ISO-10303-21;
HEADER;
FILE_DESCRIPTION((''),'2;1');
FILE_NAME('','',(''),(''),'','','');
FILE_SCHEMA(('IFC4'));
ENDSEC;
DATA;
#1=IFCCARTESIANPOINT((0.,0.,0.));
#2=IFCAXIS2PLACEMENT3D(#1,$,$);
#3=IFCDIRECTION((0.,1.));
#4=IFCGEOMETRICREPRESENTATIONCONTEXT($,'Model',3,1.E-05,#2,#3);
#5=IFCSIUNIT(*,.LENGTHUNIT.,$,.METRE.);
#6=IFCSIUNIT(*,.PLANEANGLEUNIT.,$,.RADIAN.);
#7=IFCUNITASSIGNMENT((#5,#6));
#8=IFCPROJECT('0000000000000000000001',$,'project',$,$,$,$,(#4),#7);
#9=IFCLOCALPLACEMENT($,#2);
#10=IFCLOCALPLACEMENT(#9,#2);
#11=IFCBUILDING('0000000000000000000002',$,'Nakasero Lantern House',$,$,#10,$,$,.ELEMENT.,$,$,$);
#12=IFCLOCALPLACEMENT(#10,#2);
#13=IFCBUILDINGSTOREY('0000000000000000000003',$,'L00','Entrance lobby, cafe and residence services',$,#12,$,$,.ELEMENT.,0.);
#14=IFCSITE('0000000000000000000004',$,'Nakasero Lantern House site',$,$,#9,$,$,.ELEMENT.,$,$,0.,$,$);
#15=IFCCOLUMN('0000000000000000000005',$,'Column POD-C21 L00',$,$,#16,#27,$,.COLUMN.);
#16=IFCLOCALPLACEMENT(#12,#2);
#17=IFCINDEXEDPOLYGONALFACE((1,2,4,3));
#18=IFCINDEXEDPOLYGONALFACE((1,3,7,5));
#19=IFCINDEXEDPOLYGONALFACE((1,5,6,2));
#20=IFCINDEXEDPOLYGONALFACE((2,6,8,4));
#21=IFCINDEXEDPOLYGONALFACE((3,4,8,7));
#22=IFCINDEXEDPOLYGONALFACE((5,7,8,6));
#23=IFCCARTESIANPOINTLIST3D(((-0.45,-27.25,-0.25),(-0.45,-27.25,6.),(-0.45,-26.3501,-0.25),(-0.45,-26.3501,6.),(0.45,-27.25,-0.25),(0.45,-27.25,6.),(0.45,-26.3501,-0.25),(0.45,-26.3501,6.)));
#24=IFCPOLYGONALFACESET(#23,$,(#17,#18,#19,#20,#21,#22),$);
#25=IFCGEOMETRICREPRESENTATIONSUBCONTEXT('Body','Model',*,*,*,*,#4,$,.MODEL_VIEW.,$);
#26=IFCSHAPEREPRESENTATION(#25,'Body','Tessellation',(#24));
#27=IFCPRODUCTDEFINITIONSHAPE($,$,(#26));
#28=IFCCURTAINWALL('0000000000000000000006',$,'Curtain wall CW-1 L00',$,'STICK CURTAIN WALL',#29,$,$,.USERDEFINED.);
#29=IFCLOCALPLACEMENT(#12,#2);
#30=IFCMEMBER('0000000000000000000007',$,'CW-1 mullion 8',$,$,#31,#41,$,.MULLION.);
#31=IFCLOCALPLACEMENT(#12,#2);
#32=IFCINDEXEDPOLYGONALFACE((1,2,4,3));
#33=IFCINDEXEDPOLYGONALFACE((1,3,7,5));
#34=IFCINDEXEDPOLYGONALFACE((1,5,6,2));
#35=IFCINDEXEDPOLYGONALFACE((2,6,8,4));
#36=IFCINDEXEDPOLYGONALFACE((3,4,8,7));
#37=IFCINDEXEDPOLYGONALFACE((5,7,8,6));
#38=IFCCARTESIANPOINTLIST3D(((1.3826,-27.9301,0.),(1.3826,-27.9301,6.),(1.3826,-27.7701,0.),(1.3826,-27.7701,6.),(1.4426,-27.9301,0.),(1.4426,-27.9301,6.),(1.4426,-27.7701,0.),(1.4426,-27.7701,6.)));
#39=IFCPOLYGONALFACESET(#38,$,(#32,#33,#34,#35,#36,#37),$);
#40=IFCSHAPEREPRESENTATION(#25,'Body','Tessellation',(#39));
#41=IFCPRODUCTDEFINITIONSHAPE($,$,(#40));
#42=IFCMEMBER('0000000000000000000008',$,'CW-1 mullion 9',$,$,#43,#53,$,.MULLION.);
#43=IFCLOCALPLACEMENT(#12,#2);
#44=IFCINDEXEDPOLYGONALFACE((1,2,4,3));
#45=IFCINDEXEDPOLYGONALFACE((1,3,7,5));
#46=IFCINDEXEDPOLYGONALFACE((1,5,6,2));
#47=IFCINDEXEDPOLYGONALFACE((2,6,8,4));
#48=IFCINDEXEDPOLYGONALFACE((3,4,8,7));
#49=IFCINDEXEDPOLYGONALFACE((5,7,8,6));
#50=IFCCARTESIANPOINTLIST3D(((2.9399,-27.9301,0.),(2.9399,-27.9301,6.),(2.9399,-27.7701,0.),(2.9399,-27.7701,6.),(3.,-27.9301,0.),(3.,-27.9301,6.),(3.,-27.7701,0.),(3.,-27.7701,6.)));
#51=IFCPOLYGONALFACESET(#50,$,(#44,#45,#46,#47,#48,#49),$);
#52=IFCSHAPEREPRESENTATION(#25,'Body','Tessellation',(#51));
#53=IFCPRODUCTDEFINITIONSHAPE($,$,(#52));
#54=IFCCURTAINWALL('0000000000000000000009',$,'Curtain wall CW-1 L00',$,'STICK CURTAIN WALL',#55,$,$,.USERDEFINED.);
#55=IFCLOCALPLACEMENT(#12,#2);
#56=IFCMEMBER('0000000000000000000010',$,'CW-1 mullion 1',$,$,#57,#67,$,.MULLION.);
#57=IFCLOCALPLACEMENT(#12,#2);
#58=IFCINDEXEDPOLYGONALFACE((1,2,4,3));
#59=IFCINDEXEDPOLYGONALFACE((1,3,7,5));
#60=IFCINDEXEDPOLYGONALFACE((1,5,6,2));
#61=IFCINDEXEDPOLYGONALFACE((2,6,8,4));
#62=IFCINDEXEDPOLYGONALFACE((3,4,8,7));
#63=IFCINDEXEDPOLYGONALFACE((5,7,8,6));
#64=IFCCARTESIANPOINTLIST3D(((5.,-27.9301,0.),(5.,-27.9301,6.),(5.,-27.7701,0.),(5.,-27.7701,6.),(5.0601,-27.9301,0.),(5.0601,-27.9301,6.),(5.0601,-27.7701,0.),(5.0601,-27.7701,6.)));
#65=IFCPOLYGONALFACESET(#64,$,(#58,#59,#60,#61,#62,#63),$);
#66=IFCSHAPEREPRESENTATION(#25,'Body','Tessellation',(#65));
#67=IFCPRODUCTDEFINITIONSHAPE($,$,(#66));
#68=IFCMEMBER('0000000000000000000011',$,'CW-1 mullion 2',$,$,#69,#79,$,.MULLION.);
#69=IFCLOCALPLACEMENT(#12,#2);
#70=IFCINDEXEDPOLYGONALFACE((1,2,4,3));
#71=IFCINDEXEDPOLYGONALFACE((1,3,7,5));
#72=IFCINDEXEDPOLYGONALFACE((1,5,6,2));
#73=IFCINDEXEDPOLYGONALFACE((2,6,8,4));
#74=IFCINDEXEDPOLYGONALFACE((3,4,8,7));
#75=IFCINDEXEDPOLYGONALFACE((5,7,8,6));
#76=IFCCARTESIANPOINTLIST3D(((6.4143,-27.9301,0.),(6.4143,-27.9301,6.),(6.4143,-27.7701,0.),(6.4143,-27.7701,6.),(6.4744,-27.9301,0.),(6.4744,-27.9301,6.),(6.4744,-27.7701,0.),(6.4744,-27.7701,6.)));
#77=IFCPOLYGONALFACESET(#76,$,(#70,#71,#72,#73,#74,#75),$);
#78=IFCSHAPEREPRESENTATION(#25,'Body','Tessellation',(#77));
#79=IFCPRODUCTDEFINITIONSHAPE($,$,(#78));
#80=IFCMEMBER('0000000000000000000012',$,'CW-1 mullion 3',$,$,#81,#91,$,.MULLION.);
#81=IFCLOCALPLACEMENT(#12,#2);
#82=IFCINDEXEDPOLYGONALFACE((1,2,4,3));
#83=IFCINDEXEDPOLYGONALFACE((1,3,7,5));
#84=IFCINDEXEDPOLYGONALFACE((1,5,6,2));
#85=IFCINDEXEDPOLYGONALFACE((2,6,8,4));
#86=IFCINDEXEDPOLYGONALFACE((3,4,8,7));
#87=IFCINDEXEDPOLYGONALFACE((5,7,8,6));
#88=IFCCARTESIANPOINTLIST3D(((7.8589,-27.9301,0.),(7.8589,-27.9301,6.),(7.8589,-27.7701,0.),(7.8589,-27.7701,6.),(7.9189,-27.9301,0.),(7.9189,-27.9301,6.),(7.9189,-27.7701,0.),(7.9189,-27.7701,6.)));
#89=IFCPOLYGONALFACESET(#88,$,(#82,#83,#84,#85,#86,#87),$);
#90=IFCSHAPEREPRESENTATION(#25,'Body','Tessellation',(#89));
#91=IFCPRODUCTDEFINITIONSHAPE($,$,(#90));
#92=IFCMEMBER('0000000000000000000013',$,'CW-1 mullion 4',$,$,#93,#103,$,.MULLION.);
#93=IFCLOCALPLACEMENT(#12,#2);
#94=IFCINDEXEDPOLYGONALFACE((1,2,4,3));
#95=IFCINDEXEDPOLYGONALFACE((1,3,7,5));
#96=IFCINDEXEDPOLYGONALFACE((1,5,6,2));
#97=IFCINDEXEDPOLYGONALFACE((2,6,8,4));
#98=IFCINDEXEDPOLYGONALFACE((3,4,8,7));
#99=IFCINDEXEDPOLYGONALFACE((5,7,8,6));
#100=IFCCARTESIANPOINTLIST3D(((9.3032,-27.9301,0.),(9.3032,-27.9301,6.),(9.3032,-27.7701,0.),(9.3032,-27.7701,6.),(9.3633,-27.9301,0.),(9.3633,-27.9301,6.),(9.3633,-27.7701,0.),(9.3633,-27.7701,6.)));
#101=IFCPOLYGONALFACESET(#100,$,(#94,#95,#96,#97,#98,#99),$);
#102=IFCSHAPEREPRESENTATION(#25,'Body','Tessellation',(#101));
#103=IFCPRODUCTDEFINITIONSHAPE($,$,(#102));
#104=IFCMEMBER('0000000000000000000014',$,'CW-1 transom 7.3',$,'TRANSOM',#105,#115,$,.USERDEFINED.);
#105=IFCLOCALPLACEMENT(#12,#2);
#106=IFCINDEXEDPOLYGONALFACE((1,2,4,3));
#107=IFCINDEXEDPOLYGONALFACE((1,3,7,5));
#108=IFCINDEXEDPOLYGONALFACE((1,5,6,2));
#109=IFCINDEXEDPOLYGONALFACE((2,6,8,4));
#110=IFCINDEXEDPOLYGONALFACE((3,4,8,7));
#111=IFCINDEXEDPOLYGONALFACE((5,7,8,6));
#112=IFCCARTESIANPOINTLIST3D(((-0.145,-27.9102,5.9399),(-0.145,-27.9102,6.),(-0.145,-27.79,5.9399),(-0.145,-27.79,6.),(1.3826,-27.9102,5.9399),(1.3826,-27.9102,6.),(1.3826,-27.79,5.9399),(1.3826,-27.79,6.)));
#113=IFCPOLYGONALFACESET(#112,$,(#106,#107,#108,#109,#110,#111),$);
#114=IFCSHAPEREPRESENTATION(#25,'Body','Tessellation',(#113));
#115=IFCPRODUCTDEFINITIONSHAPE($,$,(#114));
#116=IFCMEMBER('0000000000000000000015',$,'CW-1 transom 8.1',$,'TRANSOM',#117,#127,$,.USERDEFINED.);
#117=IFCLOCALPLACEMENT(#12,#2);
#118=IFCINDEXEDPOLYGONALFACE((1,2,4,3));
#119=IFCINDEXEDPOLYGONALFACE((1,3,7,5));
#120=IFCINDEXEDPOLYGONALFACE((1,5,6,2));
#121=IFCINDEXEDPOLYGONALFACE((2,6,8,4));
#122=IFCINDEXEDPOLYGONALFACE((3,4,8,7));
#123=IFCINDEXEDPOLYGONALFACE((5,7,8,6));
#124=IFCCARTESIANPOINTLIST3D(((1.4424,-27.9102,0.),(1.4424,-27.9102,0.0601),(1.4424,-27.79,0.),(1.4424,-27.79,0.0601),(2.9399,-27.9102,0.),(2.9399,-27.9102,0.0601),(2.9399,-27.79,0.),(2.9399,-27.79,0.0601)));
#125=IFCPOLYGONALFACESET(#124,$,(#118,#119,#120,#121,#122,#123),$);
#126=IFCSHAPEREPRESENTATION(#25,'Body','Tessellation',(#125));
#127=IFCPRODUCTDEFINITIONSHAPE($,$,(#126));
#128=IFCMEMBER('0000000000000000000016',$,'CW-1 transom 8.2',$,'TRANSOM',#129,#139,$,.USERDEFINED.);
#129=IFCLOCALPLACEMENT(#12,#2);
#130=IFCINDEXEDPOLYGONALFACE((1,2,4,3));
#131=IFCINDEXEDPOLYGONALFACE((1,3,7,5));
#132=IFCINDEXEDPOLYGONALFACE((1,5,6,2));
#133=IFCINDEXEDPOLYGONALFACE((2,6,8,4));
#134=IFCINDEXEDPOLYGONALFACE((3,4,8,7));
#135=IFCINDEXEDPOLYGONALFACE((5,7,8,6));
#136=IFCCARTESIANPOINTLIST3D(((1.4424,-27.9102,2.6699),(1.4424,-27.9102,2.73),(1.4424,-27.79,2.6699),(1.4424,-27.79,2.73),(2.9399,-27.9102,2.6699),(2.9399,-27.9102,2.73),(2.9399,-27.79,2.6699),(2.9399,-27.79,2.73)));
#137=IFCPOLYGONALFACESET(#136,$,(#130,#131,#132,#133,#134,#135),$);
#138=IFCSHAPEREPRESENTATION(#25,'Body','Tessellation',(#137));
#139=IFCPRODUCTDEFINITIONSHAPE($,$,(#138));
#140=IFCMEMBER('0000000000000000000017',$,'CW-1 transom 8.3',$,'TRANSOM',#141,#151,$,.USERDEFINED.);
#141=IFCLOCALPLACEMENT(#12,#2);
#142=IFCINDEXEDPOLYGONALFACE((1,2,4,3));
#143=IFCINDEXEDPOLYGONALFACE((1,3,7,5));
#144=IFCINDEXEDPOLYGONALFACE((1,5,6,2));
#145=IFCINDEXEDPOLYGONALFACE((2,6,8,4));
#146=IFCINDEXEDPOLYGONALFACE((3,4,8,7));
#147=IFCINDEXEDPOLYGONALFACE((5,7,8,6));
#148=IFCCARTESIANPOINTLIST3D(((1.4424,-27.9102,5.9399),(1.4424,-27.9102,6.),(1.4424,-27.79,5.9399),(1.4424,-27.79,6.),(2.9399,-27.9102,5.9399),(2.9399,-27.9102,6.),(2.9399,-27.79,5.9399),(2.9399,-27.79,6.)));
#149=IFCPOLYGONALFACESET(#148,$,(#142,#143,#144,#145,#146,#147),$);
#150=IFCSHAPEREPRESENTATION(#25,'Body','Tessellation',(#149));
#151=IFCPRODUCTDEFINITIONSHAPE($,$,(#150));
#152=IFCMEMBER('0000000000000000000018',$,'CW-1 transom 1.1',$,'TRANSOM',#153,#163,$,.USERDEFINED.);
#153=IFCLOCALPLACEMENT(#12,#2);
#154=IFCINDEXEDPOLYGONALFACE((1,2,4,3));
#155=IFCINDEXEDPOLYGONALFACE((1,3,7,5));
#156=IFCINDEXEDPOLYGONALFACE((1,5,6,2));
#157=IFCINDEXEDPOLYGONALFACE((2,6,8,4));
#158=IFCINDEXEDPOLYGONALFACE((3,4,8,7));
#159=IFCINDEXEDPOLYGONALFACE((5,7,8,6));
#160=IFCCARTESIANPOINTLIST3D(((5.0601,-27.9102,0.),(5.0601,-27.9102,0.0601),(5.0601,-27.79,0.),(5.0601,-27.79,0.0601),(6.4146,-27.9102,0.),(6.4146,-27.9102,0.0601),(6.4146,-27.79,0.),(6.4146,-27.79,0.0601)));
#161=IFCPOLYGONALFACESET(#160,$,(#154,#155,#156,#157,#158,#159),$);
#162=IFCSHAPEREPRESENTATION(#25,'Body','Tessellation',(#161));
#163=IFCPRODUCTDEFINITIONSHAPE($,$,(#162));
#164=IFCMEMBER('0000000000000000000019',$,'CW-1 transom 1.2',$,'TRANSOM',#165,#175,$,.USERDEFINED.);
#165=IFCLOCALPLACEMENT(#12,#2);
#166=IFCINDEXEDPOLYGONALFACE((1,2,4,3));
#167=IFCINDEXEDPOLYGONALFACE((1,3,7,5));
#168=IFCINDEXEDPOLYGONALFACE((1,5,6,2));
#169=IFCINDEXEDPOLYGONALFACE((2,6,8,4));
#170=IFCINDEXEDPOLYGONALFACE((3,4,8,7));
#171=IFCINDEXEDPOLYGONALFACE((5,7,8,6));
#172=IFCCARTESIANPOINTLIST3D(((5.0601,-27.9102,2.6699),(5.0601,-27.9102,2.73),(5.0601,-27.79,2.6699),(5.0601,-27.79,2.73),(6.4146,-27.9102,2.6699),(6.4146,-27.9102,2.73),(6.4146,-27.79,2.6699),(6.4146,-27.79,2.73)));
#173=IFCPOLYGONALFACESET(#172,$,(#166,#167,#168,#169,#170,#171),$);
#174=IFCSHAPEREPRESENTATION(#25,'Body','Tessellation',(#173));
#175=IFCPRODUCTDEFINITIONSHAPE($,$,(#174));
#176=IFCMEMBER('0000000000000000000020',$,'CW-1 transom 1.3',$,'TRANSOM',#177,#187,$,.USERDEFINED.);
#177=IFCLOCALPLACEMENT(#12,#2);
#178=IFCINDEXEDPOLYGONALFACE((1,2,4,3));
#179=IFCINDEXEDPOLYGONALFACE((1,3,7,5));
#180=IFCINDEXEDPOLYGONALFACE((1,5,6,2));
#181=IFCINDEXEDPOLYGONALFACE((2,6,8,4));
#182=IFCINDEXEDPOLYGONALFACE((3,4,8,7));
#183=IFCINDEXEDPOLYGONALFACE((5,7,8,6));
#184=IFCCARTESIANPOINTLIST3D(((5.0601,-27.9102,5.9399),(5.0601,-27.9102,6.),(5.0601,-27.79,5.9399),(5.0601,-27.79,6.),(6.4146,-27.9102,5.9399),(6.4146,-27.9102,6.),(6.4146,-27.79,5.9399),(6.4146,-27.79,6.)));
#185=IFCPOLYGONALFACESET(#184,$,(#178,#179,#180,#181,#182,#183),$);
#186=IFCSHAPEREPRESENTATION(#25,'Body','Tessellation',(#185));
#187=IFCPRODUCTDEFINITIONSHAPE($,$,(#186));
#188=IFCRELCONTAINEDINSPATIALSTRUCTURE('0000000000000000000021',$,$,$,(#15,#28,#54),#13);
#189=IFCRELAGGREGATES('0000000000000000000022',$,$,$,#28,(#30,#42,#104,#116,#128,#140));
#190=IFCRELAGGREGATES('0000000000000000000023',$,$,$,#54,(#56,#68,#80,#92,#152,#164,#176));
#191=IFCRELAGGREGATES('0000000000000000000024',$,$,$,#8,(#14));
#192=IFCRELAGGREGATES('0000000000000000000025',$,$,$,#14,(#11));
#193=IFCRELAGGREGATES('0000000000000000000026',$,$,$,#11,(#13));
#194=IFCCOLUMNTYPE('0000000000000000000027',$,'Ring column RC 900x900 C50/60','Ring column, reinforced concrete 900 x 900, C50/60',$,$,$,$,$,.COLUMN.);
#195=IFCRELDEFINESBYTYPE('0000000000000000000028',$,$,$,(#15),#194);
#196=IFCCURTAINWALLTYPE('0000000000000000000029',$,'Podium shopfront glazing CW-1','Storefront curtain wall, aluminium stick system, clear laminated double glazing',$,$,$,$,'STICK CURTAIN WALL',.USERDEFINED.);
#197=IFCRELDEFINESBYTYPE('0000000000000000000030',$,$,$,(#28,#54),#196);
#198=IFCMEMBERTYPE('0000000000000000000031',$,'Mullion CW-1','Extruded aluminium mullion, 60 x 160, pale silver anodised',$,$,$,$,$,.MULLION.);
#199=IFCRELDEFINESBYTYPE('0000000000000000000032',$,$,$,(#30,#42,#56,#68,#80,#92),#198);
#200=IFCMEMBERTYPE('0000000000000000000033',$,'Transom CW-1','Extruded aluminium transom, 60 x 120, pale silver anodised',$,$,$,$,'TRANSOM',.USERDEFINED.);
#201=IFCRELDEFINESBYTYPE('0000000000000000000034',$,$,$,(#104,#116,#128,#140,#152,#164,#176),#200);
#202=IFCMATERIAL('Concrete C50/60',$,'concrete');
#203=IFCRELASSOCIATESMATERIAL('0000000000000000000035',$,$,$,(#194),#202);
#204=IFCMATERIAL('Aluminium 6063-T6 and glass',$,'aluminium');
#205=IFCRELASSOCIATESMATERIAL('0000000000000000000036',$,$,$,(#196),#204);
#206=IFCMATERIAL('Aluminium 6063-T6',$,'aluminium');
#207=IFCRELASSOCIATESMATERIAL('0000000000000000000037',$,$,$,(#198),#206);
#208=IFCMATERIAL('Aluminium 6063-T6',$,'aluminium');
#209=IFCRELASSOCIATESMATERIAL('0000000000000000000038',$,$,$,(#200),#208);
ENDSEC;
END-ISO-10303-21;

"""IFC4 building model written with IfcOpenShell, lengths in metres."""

from ifc_helpers import new_model, si_unit, direction, frame, origin, origin_2d, place, context, subcontext, project, spatial, rectangle, extrude, material, material_profile, profile_set, type_object, element, aggregate, save


model = new_model("IFC4")

# Units and contexts
model_context = context("Model", 3, precision=1e-05, world=origin(), true_north=direction((0.0, 1.0)))
body_context = subcontext(model_context, "Body", "Model", "MODEL_VIEW")
ifc_project = project(units=[si_unit("LENGTHUNIT", "METRE"), si_unit("PLANEANGLEUNIT", "RADIAN")], contexts=[model_context])

# Site, building, storey
site_placement = place(None, origin())
site = spatial("IfcSite", under=ifc_project, at=site_placement, Name="Nakasero Lantern House site", CompositionType="ELEMENT", RefElevation=0.0)
building_placement = place(site_placement, origin())
building = spatial("IfcBuilding", under=site, at=building_placement, Name="Nakasero Lantern House", CompositionType="ELEMENT")
storey_placement = place(building_placement, origin())
storey = spatial("IfcBuildingStorey", under=building, at=storey_placement, Name="L00", Description="Entrance lobby, cafe and residence services", CompositionType="ELEMENT", Elevation=0.0)

# Column
ifc_material_1 = material(Name="Concrete C50/60", Category="concrete")
ifc_material_profile_1 = material_profile(ifc_material_1, rectangle(XDim=0.8999, YDim=0.8999, at=origin_2d()), Name="RC 900x900")
ifc_profile_set_1 = profile_set([ifc_material_profile_1], Name="Concrete C50/60")
column_type = type_object("IfcColumnType", Name="Ring column RC 900x900 C50/60", Description="Ring column, reinforced concrete 900 x 900, C50/60", PredefinedType="COLUMN", material=ifc_profile_set_1)
column_placement = place(storey_placement, frame((0.0, -26.8, -0.25), z_axis=(0.0, 0.0, 1.0), x_axis=(1.0, 0.0, 0.0)))
element("IfcColumn", 1, at=column_placement, inside=storey, type_object=column_type, Name="Column POD-C21 L00", PredefinedType="COLUMN", context=body_context, shape_type="SweptSolid", body=[
    extrude(rectangle(XDim=0.8999, YDim=0.8999, at=origin_2d()), origin(), (0.0, 0.0, 1.0), 6.25),
])

# Curtain walls, members
ifc_material_2 = material(Name="Aluminium 6063-T6 and glass", Category="aluminium")
curtain_wall_type = type_object("IfcCurtainWallType", Name="Podium shopfront glazing CW-1", Description="Storefront curtain wall, aluminium stick system, clear laminated double glazing", ElementType="STICK CURTAIN WALL", PredefinedType="USERDEFINED", material=ifc_material_2)
curtain_wall_1_placement = place(storey_placement, origin())
curtain_wall_1 = element("IfcCurtainWall", 2, at=curtain_wall_1_placement, inside=storey, type_object=curtain_wall_type, Name="Curtain wall CW-1 L00", ObjectType="STICK CURTAIN WALL", PredefinedType="USERDEFINED")
ifc_material_3 = material(Name="Aluminium 6063-T6", Category="aluminium")
ifc_material_profile_2 = material_profile(ifc_material_3, rectangle(XDim=0.0601, YDim=0.1599, at=origin_2d()), Name="CW-1 mullion 60x160")
ifc_profile_set_2 = profile_set([ifc_material_profile_2], Name="Aluminium 6063-T6")
member_type_1 = type_object("IfcMemberType", Name="Mullion CW-1", Description="Extruded aluminium mullion, 60 x 160, pale silver anodised", PredefinedType="MULLION", material=ifc_profile_set_2)
member_1_placement = place(storey_placement, frame((1.4126, -27.8501, 0.0), z_axis=(0.0, 0.0, 1.0), x_axis=(1.0, 0.0, 0.0)))
member_1 = element("IfcMember", 3, at=member_1_placement, type_object=member_type_1, Name="CW-1 mullion 8", PredefinedType="MULLION", context=body_context, shape_type="SweptSolid", body=[
    extrude(rectangle(XDim=0.0601, YDim=0.1599, at=origin_2d()), origin(), (0.0, 0.0, 1.0), 6.0),
])
member_2_placement = place(storey_placement, frame((2.97, -27.8501, 0.0), z_axis=(0.0, 0.0, 1.0), x_axis=(1.0, 0.0, 0.0)))
member_2 = element("IfcMember", 4, at=member_2_placement, type_object=member_type_1, Name="CW-1 mullion 9", PredefinedType="MULLION", context=body_context, shape_type="SweptSolid", body=[
    extrude(rectangle(XDim=0.0601, YDim=0.1599, at=origin_2d()), origin(), (0.0, 0.0, 1.0), 6.0),
])
curtain_wall_2_placement = place(storey_placement, origin())
curtain_wall_2 = element("IfcCurtainWall", 5, at=curtain_wall_2_placement, inside=storey, type_object=curtain_wall_type, Name="Curtain wall CW-1 L00", ObjectType="STICK CURTAIN WALL", PredefinedType="USERDEFINED")
member_3_placement = place(storey_placement, frame((5.03, -27.8501, 0.0), z_axis=(0.0, 0.0, 1.0), x_axis=(1.0, 0.0, 0.0)))
member_3 = element("IfcMember", 6, at=member_3_placement, type_object=member_type_1, Name="CW-1 mullion 1", PredefinedType="MULLION", context=body_context, shape_type="SweptSolid", body=[
    extrude(rectangle(XDim=0.0601, YDim=0.1599, at=origin_2d()), origin(), (0.0, 0.0, 1.0), 6.0),
])
member_4_placement = place(storey_placement, frame((6.4443, -27.8501, 0.0), z_axis=(0.0, 0.0, 1.0), x_axis=(1.0, 0.0, 0.0)))
member_4 = element("IfcMember", 7, at=member_4_placement, type_object=member_type_1, Name="CW-1 mullion 2", PredefinedType="MULLION", context=body_context, shape_type="SweptSolid", body=[
    extrude(rectangle(XDim=0.0601, YDim=0.1599, at=origin_2d()), origin(), (0.0, 0.0, 1.0), 6.0),
])
member_5_placement = place(storey_placement, frame((7.8889, -27.8501, 0.0), z_axis=(0.0, 0.0, 1.0), x_axis=(1.0, 0.0, 0.0)))
member_5 = element("IfcMember", 8, at=member_5_placement, type_object=member_type_1, Name="CW-1 mullion 3", PredefinedType="MULLION", context=body_context, shape_type="SweptSolid", body=[
    extrude(rectangle(XDim=0.0601, YDim=0.1599, at=origin_2d()), origin(), (0.0, 0.0, 1.0), 6.0),
])
member_6_placement = place(storey_placement, frame((9.3333, -27.8501, 0.0), z_axis=(0.0, 0.0, 1.0), x_axis=(1.0, 0.0, 0.0)))
member_6 = element("IfcMember", 9, at=member_6_placement, type_object=member_type_1, Name="CW-1 mullion 4", PredefinedType="MULLION", context=body_context, shape_type="SweptSolid", body=[
    extrude(rectangle(XDim=0.0601, YDim=0.1599, at=origin_2d()), origin(), (0.0, 0.0, 1.0), 6.0),
])

# Members
ifc_material_4 = material(Name="Aluminium 6063-T6", Category="aluminium")
ifc_material_profile_3 = material_profile(ifc_material_4, rectangle(XDim=0.0601, YDim=0.1201, at=origin_2d()), Name="CW-1 transom 60x120")
ifc_profile_set_3 = profile_set([ifc_material_profile_3], Name="Aluminium 6063-T6")
member_type_2 = type_object("IfcMemberType", Name="Transom CW-1", Description="Extruded aluminium transom, 60 x 120, pale silver anodised", ElementType="TRANSOM", PredefinedType="USERDEFINED", material=ifc_profile_set_3)
member_7_placement = place(storey_placement, frame((-0.145, -27.8501, 5.97), z_axis=(1.0, 0.0, 0.0), x_axis=(0.0, 0.0, 1.0)))
member_7 = element("IfcMember", 10, at=member_7_placement, type_object=member_type_2, Name="CW-1 transom 7.3", ObjectType="TRANSOM", PredefinedType="USERDEFINED", context=body_context, shape_type="SweptSolid", body=[
    extrude(rectangle(XDim=0.0601, YDim=0.1201, at=origin_2d()), origin(), (0.0, 0.0, 1.0), 1.5276),
])
member_8_placement = place(storey_placement, frame((1.4424, -27.8501, 0.03), z_axis=(1.0, 0.0, 0.0), x_axis=(0.0, 0.0, 1.0)))
member_8 = element("IfcMember", 11, at=member_8_placement, type_object=member_type_2, Name="CW-1 transom 8.1", ObjectType="TRANSOM", PredefinedType="USERDEFINED", context=body_context, shape_type="SweptSolid", body=[
    extrude(rectangle(XDim=0.0601, YDim=0.1201, at=origin_2d()), origin(), (0.0, 0.0, 1.0), 1.4976),
])
member_9_placement = place(storey_placement, frame((1.4424, -27.8501, 2.7), z_axis=(1.0, 0.0, 0.0), x_axis=(0.0, 0.0, 1.0)))
member_9 = element("IfcMember", 12, at=member_9_placement, type_object=member_type_2, Name="CW-1 transom 8.2", ObjectType="TRANSOM", PredefinedType="USERDEFINED", context=body_context, shape_type="SweptSolid", body=[
    extrude(rectangle(XDim=0.0601, YDim=0.1201, at=origin_2d()), origin(), (0.0, 0.0, 1.0), 1.4976),
])
member_10_placement = place(storey_placement, frame((1.4424, -27.8501, 5.97), z_axis=(1.0, 0.0, 0.0), x_axis=(0.0, 0.0, 1.0)))
member_10 = element("IfcMember", 13, at=member_10_placement, type_object=member_type_2, Name="CW-1 transom 8.3", ObjectType="TRANSOM", PredefinedType="USERDEFINED", context=body_context, shape_type="SweptSolid", body=[
    extrude(rectangle(XDim=0.0601, YDim=0.1201, at=origin_2d()), origin(), (0.0, 0.0, 1.0), 1.4976),
])
member_11_placement = place(storey_placement, frame((5.0601, -27.8501, 0.03), z_axis=(1.0, 0.0, 0.0), x_axis=(0.0, 0.0, 1.0)))
member_11 = element("IfcMember", 14, at=member_11_placement, type_object=member_type_2, Name="CW-1 transom 1.1", ObjectType="TRANSOM", PredefinedType="USERDEFINED", context=body_context, shape_type="SweptSolid", body=[
    extrude(rectangle(XDim=0.0601, YDim=0.1201, at=origin_2d()), origin(), (0.0, 0.0, 1.0), 1.3545),
])
member_12_placement = place(storey_placement, frame((5.0601, -27.8501, 2.7), z_axis=(1.0, 0.0, 0.0), x_axis=(0.0, 0.0, 1.0)))
member_12 = element("IfcMember", 15, at=member_12_placement, type_object=member_type_2, Name="CW-1 transom 1.2", ObjectType="TRANSOM", PredefinedType="USERDEFINED", context=body_context, shape_type="SweptSolid", body=[
    extrude(rectangle(XDim=0.0601, YDim=0.1201, at=origin_2d()), origin(), (0.0, 0.0, 1.0), 1.3545),
])
member_13_placement = place(storey_placement, frame((5.0601, -27.8501, 5.97), z_axis=(1.0, 0.0, 0.0), x_axis=(0.0, 0.0, 1.0)))
member_13 = element("IfcMember", 16, at=member_13_placement, type_object=member_type_2, Name="CW-1 transom 1.3", ObjectType="TRANSOM", PredefinedType="USERDEFINED", context=body_context, shape_type="SweptSolid", body=[
    extrude(rectangle(XDim=0.0601, YDim=0.1201, at=origin_2d()), origin(), (0.0, 0.0, 1.0), 1.3545),
])

aggregate(curtain_wall_1, [member_1, member_2, member_7, member_8, member_9, member_10])
aggregate(curtain_wall_2, [member_3, member_4, member_5, member_6, member_11, member_12, member_13])

save(model, "model.ifc")
